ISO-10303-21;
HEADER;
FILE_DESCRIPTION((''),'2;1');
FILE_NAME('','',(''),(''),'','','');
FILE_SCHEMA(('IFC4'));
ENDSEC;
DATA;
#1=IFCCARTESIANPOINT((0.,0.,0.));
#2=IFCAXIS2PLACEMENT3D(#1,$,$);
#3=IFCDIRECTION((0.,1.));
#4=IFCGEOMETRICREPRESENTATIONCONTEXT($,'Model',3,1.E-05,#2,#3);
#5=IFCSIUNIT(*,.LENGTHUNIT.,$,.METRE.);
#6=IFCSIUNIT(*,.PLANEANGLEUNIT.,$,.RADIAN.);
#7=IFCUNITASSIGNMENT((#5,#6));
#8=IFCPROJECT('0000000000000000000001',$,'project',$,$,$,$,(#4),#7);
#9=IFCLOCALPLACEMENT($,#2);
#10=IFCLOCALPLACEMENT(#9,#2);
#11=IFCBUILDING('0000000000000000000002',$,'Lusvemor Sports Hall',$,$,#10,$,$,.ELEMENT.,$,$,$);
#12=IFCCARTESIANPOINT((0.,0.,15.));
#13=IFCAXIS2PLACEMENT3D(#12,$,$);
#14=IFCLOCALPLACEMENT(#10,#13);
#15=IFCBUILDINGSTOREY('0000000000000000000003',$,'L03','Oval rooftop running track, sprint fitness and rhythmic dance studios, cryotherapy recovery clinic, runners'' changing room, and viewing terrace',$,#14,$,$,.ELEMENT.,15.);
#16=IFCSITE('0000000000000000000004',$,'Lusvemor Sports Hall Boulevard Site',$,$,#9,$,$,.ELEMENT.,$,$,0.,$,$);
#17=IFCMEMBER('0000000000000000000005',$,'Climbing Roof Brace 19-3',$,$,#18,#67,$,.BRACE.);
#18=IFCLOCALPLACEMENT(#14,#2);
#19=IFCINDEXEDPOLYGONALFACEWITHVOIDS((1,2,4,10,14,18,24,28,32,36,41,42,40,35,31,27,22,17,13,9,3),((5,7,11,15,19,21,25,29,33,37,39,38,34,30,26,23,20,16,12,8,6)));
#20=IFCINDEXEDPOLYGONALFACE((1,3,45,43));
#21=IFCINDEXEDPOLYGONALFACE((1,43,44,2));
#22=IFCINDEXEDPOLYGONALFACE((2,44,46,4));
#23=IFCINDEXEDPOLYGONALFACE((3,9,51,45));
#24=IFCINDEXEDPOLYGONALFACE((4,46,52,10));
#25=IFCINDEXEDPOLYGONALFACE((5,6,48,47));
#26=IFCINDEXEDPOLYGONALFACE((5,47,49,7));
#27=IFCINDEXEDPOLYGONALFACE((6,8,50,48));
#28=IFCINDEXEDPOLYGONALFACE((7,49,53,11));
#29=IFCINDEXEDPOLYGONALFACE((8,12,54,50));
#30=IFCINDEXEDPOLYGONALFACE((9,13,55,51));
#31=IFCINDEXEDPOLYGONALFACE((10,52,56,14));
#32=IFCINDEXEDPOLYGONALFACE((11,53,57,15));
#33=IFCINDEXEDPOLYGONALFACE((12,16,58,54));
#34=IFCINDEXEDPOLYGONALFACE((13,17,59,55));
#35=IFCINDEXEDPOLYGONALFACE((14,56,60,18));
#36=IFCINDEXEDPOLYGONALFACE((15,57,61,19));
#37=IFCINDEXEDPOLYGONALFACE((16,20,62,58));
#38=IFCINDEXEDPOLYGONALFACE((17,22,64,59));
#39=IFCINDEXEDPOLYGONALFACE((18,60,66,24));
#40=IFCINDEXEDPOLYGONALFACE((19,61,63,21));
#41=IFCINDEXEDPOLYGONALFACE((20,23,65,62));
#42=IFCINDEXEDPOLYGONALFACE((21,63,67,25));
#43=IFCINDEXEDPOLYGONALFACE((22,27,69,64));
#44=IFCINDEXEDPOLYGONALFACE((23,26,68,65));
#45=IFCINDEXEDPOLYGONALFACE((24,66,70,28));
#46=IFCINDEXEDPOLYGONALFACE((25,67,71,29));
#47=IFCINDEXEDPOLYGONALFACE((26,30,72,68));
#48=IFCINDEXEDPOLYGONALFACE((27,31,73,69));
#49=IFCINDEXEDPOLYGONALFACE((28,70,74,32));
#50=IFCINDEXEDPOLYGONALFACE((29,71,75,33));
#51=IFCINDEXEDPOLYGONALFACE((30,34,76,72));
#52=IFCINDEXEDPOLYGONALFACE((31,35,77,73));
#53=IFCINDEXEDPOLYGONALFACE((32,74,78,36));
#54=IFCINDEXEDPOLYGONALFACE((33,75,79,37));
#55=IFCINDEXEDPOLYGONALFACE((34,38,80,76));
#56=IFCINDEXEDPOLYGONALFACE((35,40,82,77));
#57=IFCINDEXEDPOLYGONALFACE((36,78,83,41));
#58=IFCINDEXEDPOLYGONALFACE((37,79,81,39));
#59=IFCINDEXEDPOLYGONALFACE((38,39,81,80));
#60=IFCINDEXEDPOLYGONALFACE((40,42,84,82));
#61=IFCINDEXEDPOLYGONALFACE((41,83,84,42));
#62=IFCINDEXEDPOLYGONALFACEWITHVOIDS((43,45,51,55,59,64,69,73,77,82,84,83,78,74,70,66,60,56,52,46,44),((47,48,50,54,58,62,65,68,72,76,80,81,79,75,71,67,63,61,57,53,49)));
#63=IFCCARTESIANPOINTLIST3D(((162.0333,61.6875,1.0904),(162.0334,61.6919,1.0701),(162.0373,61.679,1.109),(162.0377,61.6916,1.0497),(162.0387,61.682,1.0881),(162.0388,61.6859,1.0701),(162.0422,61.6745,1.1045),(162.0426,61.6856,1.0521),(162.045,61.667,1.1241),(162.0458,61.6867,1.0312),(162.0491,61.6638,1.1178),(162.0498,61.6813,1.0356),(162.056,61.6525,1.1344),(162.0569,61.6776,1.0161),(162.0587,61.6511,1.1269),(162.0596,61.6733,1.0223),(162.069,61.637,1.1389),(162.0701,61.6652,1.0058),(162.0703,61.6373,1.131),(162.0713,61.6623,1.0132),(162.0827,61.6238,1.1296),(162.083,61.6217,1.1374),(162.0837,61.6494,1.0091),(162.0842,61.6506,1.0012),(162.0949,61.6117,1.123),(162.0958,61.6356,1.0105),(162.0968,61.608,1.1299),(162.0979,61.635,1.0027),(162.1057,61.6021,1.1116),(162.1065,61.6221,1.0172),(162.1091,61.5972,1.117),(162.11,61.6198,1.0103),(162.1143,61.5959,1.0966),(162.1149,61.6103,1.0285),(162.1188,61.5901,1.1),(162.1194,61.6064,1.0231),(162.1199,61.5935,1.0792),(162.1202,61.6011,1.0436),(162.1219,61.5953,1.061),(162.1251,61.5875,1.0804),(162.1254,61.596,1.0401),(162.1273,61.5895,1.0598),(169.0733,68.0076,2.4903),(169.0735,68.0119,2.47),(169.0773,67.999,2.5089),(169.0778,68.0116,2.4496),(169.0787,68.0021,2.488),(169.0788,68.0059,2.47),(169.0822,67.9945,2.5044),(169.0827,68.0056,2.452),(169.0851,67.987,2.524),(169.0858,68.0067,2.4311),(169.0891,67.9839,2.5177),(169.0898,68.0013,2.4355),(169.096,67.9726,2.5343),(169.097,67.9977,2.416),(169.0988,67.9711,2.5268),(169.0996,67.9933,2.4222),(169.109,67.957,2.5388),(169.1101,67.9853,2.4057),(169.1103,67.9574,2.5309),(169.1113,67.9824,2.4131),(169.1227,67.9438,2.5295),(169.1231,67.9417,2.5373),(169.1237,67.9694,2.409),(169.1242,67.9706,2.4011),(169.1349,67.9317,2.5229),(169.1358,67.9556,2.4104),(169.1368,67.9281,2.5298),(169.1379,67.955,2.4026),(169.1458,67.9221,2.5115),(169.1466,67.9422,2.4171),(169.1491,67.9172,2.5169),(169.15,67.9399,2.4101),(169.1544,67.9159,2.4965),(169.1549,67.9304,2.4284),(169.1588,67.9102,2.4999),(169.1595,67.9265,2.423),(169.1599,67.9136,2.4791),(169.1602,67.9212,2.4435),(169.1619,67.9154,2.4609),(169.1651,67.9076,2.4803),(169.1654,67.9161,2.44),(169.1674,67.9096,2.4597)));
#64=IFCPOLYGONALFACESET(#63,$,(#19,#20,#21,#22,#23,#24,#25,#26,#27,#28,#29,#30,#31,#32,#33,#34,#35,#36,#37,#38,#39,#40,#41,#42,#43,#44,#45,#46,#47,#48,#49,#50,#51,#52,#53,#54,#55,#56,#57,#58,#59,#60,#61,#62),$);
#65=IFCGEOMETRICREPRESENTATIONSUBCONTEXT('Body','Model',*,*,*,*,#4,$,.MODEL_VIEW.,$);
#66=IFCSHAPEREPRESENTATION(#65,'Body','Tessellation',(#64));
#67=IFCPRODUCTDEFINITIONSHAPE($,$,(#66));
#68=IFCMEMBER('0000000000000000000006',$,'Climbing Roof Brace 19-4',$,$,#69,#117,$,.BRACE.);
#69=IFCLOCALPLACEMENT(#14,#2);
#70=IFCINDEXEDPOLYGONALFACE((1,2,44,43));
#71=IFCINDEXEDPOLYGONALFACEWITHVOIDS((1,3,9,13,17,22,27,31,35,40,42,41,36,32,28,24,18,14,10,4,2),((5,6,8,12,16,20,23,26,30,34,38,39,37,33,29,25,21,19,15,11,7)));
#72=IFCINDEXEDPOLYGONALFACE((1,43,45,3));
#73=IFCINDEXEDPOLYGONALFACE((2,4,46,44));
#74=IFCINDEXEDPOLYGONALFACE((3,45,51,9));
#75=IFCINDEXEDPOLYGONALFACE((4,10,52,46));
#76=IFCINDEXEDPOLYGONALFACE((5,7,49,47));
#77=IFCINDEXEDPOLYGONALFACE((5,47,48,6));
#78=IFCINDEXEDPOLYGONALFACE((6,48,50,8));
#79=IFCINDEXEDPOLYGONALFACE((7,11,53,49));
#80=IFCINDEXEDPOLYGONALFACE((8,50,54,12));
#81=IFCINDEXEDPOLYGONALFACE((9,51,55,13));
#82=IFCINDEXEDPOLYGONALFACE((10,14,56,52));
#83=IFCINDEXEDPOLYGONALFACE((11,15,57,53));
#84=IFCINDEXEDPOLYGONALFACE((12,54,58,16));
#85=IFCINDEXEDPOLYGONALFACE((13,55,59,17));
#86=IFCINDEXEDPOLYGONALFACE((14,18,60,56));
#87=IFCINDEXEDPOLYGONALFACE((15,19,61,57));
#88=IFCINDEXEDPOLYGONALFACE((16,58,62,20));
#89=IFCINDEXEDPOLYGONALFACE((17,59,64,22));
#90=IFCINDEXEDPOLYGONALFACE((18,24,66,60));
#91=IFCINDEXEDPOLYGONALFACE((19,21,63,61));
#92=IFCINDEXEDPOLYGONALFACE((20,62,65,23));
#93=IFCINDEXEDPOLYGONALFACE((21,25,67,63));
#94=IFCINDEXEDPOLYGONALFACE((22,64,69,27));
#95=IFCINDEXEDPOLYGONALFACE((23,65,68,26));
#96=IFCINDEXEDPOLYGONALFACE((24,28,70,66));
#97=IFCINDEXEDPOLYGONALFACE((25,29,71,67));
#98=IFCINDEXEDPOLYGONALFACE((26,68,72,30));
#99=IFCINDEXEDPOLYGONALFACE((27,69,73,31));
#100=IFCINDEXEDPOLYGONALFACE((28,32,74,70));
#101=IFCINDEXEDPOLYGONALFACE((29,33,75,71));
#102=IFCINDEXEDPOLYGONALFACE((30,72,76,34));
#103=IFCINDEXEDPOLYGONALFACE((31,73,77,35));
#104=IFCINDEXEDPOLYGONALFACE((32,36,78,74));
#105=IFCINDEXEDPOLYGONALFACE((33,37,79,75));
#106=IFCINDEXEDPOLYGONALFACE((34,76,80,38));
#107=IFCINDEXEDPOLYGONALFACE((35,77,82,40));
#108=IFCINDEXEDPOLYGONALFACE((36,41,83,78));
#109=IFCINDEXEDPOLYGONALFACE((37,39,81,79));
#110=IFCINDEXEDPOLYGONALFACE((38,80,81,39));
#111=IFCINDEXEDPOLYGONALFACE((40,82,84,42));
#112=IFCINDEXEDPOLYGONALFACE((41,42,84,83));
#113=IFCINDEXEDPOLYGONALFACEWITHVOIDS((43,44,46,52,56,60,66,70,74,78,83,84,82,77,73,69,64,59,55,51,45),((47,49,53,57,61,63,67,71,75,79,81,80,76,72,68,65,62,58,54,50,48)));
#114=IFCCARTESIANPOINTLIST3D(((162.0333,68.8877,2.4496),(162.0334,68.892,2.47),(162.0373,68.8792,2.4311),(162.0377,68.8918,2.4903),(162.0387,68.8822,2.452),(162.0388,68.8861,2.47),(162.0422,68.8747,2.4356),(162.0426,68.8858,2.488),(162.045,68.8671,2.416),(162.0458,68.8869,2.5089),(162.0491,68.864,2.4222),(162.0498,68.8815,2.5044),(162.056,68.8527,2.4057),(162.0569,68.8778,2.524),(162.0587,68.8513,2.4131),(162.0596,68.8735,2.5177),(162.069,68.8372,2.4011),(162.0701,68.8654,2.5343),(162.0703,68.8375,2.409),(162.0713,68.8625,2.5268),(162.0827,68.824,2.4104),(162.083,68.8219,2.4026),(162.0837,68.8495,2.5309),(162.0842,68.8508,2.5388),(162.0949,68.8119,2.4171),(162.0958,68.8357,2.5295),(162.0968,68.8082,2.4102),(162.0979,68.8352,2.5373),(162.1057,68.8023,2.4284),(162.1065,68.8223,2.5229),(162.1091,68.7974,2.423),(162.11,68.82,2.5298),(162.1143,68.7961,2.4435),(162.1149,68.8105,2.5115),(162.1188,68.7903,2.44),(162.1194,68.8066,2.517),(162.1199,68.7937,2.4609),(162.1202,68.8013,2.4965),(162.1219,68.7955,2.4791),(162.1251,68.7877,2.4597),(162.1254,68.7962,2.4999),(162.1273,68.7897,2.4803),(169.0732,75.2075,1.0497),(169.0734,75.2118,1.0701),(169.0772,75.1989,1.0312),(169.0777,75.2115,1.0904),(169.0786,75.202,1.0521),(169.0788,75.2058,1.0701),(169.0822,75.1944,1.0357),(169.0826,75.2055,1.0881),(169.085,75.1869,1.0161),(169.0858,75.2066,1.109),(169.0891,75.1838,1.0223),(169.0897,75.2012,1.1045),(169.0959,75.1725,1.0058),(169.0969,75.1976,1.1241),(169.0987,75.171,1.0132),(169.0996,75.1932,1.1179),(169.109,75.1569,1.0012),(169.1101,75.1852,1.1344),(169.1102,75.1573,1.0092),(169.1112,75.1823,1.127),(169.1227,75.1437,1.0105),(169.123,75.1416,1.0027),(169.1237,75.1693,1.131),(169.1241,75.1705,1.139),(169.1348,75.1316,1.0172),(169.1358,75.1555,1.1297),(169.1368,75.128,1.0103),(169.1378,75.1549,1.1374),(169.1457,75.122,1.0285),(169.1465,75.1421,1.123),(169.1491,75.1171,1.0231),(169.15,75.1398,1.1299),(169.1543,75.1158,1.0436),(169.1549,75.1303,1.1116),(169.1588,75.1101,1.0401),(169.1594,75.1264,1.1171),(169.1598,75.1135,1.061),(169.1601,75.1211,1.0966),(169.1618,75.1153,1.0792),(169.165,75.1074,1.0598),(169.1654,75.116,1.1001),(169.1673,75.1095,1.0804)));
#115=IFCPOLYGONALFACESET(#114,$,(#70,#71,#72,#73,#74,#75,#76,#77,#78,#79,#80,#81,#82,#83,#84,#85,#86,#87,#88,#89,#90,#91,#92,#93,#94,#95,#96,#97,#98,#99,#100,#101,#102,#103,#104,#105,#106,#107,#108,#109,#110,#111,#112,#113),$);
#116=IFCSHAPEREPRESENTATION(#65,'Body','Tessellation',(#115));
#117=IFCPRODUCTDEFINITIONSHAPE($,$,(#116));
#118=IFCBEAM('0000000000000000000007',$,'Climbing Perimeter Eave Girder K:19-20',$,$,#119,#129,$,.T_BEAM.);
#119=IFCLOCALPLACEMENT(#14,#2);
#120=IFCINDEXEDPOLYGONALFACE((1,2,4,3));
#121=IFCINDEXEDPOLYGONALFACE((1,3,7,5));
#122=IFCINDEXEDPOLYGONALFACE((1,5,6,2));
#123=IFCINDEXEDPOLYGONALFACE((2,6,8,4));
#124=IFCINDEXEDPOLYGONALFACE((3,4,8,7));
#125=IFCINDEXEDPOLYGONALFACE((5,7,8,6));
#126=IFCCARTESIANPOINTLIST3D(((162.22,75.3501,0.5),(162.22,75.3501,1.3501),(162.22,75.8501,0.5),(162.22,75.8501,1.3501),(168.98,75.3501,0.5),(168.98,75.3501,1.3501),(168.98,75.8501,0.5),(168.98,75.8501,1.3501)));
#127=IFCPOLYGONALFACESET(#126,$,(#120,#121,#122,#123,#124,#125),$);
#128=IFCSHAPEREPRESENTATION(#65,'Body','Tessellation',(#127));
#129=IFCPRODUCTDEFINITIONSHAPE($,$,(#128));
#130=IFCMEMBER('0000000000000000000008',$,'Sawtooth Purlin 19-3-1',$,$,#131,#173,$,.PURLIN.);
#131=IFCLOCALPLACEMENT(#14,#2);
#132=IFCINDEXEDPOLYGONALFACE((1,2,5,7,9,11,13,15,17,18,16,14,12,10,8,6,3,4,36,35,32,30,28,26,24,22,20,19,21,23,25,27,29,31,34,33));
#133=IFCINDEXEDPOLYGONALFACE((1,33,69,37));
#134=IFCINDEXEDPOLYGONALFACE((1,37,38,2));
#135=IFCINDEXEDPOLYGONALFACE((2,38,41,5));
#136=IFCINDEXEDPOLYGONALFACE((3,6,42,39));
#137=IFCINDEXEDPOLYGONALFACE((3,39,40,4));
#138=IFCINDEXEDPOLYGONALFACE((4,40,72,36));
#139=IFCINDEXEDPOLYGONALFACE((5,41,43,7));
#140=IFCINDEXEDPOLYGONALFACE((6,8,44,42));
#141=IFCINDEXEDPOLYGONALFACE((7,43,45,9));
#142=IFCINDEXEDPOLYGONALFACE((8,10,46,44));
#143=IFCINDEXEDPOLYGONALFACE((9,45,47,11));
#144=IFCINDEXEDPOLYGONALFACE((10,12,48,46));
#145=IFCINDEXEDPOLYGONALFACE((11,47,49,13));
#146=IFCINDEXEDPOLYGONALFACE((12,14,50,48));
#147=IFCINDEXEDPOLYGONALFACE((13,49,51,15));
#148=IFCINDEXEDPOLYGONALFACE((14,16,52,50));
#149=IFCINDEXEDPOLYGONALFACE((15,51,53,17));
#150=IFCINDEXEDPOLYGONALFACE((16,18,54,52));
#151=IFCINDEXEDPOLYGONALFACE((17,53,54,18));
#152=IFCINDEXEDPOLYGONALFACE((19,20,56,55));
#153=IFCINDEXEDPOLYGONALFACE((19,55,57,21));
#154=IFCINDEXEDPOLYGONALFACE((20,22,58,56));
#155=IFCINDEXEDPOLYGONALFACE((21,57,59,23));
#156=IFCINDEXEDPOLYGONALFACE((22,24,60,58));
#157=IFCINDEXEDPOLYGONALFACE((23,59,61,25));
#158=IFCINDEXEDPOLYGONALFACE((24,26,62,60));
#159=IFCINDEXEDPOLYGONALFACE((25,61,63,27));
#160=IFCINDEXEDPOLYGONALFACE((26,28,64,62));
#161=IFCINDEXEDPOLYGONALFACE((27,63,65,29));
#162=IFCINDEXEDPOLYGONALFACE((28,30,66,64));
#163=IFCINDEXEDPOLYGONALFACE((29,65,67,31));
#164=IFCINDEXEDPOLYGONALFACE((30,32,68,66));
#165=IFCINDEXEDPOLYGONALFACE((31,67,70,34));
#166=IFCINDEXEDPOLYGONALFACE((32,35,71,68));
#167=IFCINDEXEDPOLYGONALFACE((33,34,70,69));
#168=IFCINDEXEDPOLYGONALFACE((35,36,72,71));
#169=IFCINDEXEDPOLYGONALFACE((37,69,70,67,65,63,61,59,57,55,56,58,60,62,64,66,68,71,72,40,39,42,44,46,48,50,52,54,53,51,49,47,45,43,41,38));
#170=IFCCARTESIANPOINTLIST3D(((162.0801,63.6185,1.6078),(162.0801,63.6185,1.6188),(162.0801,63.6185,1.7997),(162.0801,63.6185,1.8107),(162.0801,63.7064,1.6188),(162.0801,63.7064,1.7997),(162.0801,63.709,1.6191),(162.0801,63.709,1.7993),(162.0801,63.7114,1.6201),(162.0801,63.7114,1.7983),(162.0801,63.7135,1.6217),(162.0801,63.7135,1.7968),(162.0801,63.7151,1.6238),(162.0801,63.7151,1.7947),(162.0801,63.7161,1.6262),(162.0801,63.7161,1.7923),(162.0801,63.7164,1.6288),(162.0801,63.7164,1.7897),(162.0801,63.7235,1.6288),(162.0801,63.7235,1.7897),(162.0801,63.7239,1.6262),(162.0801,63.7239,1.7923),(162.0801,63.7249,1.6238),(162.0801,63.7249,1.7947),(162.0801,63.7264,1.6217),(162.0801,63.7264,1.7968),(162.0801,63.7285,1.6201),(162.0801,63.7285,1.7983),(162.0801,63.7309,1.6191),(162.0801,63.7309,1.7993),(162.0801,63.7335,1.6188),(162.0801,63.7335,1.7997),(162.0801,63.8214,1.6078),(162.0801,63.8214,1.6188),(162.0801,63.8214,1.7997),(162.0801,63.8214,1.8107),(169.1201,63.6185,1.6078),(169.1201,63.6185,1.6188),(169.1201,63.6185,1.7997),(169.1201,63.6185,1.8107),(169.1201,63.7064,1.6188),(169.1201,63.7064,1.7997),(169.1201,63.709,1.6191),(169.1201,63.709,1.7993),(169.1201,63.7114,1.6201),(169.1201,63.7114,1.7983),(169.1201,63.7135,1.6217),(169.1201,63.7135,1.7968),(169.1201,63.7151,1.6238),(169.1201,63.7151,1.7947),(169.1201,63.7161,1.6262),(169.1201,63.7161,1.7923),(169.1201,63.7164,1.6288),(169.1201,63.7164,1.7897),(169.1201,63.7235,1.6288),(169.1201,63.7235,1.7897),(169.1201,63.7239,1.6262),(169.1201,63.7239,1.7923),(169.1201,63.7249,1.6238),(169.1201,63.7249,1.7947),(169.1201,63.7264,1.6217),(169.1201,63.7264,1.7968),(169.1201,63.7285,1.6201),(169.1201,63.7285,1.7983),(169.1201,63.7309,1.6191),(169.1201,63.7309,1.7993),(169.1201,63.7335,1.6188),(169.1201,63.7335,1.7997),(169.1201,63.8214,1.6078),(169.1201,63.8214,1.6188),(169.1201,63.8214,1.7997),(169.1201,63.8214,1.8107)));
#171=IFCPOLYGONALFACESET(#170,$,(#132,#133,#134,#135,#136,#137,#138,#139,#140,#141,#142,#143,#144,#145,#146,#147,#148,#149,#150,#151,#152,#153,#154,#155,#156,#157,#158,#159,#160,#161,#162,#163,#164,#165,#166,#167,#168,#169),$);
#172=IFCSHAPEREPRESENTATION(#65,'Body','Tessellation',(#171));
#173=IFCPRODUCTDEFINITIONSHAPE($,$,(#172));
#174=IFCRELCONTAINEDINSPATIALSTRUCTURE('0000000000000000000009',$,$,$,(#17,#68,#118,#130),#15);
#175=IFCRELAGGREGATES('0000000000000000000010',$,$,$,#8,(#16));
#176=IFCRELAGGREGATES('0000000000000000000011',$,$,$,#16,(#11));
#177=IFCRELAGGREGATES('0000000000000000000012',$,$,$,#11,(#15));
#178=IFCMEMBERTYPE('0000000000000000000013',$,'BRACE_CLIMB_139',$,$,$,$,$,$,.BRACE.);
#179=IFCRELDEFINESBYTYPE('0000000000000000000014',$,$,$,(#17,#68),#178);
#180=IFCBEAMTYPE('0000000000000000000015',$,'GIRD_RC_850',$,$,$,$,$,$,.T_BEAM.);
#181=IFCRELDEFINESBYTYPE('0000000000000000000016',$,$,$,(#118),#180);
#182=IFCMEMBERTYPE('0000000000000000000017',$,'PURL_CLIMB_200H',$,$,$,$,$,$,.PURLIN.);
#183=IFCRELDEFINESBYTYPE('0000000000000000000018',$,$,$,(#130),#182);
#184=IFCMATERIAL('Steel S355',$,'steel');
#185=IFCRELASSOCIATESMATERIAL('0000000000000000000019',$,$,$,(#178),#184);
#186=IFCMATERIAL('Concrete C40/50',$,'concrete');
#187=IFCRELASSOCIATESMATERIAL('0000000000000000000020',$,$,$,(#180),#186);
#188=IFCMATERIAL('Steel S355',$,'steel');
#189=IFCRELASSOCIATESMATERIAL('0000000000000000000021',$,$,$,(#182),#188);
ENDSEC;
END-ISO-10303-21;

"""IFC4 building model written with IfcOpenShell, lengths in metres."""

from ifc_helpers import new_model, si_unit, direction, frame, origin, origin_2d, place, context, subcontext, project, spatial, rectangle, hollow_circle, i_section, extrude, material, material_profile, profile_set, type_object, element, save


model = new_model("IFC4")

# Units and contexts
model_context = context("Model", 3, precision=1e-05, world=origin(), true_north=direction((0.0, 1.0)))
body_context = subcontext(model_context, "Body", "Model", "MODEL_VIEW")
ifc_project = project(units=[si_unit("LENGTHUNIT", "METRE"), si_unit("PLANEANGLEUNIT", "RADIAN")], contexts=[model_context])

# Site, building, storey
site_placement = place(None, origin())
site = spatial("IfcSite", under=ifc_project, at=site_placement, Name="Lusvemor Sports Hall Boulevard Site", CompositionType="ELEMENT", RefElevation=0.0)
building_placement = place(site_placement, origin())
building = spatial("IfcBuilding", under=site, at=building_placement, Name="Lusvemor Sports Hall", CompositionType="ELEMENT")
storey_placement = place(building_placement, frame((0.0, 0.0, 15.0)))
storey = spatial("IfcBuildingStorey", under=building, at=storey_placement, Name="L03", Description="Oval rooftop running track, sprint fitness and rhythmic dance studios, cryotherapy recovery clinic, runners' changing room, and viewing terrace", CompositionType="ELEMENT", Elevation=15.0)

# Members
ifc_material_1 = material(Name="Steel S355", Category="steel")
ifc_material_profile_1 = material_profile(ifc_material_1, hollow_circle(Radius=0.0698, WallThickness=0.0081, at=origin_2d()), Name="CHS139.7x8.0")
ifc_profile_set_1 = profile_set([ifc_material_profile_1], Name="Steel S355")
member_type_1 = type_object("IfcMemberType", Name="BRACE_CLIMB_139", PredefinedType="BRACE", material=ifc_profile_set_1)
member_1_placement = place(storey_placement, frame((162.0801, 61.6399, 1.0701), z_axis=(0.736118, 0.660836, 0.146376), x_axis=(-0.668032, 0.744133, 0.0)))
element("IfcMember", 1, at=member_1_placement, inside=storey, type_object=member_type_1, Name="Climbing Roof Brace 19-3", PredefinedType="BRACE", context=body_context, shape_type="SweptSolid", body=[
    extrude(hollow_circle(Radius=0.0698, WallThickness=0.0081, at=origin_2d()), origin(), (0.0, 0.0, 1.0), 9.5637),
])
member_2_placement = place(storey_placement, frame((162.0801, 68.8401, 2.47), z_axis=(0.73613, 0.660822, -0.146378), x_axis=(-0.668017, 0.744146, 0.0)))
element("IfcMember", 2, at=member_2_placement, inside=storey, type_object=member_type_1, Name="Climbing Roof Brace 19-4", PredefinedType="BRACE", context=body_context, shape_type="SweptSolid", body=[
    extrude(hollow_circle(Radius=0.0698, WallThickness=0.0081, at=origin_2d()), origin(), (0.0, 0.0, 1.0), 9.5635),
])

# Beam
ifc_material_2 = material(Name="Concrete C40/50", Category="concrete")
ifc_material_profile_2 = material_profile(ifc_material_2, rectangle(XDim=0.5, YDim=0.8501, at=origin_2d()), Name="RC500x850")
ifc_profile_set_2 = profile_set([ifc_material_profile_2], Name="Concrete C40/50")
beam_type_1 = type_object("IfcBeamType", Name="GIRD_RC_850", PredefinedType="T_BEAM", material=ifc_profile_set_2)
beam_1_placement = place(storey_placement, frame((162.22, 75.6001, 0.925), z_axis=(1.0, 0.0, 0.0), x_axis=(0.0, 1.0, 0.0)))
element("IfcBeam", 3, at=beam_1_placement, inside=storey, type_object=beam_type_1, Name="Climbing Perimeter Eave Girder K:19-20", PredefinedType="T_BEAM", context=body_context, shape_type="SweptSolid", body=[
    extrude(rectangle(XDim=0.5, YDim=0.8501, at=origin_2d()), origin(), (0.0, 0.0, 1.0), 6.76),
])

# Member
ifc_material_3 = material(Name="Steel S355", Category="steel")
ifc_material_profile_3 = material_profile(ifc_material_3, i_section(OverallWidth=0.2029, OverallDepth=0.2029, WebThickness=0.0071, FlangeThickness=0.011, FilletRadius=0.01, at=origin_2d()), Name="W200x46.1")
ifc_profile_set_3 = profile_set([ifc_material_profile_3], Name="Steel S355")
member_type_2 = type_object("IfcMemberType", Name="PURL_CLIMB_200H", PredefinedType="PURLIN", material=ifc_profile_set_3)
for number, where, z_axis, x_axis, name in (
    (4, (162.0801, 63.72, 1.7092), (1.0, 0.0, 0.0), (0.0, 1.0, 0.0), "Sawtooth Purlin 19-3-1"),
):
    element("IfcMember", number, at=place(storey_placement, frame(where, z_axis=z_axis, x_axis=x_axis)), inside=storey, type_object=member_type_2, Name=name, PredefinedType="PURLIN", context=body_context, shape_type="SweptSolid", body=[
        extrude(i_section(OverallWidth=0.2029, OverallDepth=0.2029, WebThickness=0.0071, FlangeThickness=0.011, FilletRadius=0.01, at=origin_2d()), origin(), (0.0, 0.0, 1.0), 7.04),
    ])

save(model, "model.ifc")
